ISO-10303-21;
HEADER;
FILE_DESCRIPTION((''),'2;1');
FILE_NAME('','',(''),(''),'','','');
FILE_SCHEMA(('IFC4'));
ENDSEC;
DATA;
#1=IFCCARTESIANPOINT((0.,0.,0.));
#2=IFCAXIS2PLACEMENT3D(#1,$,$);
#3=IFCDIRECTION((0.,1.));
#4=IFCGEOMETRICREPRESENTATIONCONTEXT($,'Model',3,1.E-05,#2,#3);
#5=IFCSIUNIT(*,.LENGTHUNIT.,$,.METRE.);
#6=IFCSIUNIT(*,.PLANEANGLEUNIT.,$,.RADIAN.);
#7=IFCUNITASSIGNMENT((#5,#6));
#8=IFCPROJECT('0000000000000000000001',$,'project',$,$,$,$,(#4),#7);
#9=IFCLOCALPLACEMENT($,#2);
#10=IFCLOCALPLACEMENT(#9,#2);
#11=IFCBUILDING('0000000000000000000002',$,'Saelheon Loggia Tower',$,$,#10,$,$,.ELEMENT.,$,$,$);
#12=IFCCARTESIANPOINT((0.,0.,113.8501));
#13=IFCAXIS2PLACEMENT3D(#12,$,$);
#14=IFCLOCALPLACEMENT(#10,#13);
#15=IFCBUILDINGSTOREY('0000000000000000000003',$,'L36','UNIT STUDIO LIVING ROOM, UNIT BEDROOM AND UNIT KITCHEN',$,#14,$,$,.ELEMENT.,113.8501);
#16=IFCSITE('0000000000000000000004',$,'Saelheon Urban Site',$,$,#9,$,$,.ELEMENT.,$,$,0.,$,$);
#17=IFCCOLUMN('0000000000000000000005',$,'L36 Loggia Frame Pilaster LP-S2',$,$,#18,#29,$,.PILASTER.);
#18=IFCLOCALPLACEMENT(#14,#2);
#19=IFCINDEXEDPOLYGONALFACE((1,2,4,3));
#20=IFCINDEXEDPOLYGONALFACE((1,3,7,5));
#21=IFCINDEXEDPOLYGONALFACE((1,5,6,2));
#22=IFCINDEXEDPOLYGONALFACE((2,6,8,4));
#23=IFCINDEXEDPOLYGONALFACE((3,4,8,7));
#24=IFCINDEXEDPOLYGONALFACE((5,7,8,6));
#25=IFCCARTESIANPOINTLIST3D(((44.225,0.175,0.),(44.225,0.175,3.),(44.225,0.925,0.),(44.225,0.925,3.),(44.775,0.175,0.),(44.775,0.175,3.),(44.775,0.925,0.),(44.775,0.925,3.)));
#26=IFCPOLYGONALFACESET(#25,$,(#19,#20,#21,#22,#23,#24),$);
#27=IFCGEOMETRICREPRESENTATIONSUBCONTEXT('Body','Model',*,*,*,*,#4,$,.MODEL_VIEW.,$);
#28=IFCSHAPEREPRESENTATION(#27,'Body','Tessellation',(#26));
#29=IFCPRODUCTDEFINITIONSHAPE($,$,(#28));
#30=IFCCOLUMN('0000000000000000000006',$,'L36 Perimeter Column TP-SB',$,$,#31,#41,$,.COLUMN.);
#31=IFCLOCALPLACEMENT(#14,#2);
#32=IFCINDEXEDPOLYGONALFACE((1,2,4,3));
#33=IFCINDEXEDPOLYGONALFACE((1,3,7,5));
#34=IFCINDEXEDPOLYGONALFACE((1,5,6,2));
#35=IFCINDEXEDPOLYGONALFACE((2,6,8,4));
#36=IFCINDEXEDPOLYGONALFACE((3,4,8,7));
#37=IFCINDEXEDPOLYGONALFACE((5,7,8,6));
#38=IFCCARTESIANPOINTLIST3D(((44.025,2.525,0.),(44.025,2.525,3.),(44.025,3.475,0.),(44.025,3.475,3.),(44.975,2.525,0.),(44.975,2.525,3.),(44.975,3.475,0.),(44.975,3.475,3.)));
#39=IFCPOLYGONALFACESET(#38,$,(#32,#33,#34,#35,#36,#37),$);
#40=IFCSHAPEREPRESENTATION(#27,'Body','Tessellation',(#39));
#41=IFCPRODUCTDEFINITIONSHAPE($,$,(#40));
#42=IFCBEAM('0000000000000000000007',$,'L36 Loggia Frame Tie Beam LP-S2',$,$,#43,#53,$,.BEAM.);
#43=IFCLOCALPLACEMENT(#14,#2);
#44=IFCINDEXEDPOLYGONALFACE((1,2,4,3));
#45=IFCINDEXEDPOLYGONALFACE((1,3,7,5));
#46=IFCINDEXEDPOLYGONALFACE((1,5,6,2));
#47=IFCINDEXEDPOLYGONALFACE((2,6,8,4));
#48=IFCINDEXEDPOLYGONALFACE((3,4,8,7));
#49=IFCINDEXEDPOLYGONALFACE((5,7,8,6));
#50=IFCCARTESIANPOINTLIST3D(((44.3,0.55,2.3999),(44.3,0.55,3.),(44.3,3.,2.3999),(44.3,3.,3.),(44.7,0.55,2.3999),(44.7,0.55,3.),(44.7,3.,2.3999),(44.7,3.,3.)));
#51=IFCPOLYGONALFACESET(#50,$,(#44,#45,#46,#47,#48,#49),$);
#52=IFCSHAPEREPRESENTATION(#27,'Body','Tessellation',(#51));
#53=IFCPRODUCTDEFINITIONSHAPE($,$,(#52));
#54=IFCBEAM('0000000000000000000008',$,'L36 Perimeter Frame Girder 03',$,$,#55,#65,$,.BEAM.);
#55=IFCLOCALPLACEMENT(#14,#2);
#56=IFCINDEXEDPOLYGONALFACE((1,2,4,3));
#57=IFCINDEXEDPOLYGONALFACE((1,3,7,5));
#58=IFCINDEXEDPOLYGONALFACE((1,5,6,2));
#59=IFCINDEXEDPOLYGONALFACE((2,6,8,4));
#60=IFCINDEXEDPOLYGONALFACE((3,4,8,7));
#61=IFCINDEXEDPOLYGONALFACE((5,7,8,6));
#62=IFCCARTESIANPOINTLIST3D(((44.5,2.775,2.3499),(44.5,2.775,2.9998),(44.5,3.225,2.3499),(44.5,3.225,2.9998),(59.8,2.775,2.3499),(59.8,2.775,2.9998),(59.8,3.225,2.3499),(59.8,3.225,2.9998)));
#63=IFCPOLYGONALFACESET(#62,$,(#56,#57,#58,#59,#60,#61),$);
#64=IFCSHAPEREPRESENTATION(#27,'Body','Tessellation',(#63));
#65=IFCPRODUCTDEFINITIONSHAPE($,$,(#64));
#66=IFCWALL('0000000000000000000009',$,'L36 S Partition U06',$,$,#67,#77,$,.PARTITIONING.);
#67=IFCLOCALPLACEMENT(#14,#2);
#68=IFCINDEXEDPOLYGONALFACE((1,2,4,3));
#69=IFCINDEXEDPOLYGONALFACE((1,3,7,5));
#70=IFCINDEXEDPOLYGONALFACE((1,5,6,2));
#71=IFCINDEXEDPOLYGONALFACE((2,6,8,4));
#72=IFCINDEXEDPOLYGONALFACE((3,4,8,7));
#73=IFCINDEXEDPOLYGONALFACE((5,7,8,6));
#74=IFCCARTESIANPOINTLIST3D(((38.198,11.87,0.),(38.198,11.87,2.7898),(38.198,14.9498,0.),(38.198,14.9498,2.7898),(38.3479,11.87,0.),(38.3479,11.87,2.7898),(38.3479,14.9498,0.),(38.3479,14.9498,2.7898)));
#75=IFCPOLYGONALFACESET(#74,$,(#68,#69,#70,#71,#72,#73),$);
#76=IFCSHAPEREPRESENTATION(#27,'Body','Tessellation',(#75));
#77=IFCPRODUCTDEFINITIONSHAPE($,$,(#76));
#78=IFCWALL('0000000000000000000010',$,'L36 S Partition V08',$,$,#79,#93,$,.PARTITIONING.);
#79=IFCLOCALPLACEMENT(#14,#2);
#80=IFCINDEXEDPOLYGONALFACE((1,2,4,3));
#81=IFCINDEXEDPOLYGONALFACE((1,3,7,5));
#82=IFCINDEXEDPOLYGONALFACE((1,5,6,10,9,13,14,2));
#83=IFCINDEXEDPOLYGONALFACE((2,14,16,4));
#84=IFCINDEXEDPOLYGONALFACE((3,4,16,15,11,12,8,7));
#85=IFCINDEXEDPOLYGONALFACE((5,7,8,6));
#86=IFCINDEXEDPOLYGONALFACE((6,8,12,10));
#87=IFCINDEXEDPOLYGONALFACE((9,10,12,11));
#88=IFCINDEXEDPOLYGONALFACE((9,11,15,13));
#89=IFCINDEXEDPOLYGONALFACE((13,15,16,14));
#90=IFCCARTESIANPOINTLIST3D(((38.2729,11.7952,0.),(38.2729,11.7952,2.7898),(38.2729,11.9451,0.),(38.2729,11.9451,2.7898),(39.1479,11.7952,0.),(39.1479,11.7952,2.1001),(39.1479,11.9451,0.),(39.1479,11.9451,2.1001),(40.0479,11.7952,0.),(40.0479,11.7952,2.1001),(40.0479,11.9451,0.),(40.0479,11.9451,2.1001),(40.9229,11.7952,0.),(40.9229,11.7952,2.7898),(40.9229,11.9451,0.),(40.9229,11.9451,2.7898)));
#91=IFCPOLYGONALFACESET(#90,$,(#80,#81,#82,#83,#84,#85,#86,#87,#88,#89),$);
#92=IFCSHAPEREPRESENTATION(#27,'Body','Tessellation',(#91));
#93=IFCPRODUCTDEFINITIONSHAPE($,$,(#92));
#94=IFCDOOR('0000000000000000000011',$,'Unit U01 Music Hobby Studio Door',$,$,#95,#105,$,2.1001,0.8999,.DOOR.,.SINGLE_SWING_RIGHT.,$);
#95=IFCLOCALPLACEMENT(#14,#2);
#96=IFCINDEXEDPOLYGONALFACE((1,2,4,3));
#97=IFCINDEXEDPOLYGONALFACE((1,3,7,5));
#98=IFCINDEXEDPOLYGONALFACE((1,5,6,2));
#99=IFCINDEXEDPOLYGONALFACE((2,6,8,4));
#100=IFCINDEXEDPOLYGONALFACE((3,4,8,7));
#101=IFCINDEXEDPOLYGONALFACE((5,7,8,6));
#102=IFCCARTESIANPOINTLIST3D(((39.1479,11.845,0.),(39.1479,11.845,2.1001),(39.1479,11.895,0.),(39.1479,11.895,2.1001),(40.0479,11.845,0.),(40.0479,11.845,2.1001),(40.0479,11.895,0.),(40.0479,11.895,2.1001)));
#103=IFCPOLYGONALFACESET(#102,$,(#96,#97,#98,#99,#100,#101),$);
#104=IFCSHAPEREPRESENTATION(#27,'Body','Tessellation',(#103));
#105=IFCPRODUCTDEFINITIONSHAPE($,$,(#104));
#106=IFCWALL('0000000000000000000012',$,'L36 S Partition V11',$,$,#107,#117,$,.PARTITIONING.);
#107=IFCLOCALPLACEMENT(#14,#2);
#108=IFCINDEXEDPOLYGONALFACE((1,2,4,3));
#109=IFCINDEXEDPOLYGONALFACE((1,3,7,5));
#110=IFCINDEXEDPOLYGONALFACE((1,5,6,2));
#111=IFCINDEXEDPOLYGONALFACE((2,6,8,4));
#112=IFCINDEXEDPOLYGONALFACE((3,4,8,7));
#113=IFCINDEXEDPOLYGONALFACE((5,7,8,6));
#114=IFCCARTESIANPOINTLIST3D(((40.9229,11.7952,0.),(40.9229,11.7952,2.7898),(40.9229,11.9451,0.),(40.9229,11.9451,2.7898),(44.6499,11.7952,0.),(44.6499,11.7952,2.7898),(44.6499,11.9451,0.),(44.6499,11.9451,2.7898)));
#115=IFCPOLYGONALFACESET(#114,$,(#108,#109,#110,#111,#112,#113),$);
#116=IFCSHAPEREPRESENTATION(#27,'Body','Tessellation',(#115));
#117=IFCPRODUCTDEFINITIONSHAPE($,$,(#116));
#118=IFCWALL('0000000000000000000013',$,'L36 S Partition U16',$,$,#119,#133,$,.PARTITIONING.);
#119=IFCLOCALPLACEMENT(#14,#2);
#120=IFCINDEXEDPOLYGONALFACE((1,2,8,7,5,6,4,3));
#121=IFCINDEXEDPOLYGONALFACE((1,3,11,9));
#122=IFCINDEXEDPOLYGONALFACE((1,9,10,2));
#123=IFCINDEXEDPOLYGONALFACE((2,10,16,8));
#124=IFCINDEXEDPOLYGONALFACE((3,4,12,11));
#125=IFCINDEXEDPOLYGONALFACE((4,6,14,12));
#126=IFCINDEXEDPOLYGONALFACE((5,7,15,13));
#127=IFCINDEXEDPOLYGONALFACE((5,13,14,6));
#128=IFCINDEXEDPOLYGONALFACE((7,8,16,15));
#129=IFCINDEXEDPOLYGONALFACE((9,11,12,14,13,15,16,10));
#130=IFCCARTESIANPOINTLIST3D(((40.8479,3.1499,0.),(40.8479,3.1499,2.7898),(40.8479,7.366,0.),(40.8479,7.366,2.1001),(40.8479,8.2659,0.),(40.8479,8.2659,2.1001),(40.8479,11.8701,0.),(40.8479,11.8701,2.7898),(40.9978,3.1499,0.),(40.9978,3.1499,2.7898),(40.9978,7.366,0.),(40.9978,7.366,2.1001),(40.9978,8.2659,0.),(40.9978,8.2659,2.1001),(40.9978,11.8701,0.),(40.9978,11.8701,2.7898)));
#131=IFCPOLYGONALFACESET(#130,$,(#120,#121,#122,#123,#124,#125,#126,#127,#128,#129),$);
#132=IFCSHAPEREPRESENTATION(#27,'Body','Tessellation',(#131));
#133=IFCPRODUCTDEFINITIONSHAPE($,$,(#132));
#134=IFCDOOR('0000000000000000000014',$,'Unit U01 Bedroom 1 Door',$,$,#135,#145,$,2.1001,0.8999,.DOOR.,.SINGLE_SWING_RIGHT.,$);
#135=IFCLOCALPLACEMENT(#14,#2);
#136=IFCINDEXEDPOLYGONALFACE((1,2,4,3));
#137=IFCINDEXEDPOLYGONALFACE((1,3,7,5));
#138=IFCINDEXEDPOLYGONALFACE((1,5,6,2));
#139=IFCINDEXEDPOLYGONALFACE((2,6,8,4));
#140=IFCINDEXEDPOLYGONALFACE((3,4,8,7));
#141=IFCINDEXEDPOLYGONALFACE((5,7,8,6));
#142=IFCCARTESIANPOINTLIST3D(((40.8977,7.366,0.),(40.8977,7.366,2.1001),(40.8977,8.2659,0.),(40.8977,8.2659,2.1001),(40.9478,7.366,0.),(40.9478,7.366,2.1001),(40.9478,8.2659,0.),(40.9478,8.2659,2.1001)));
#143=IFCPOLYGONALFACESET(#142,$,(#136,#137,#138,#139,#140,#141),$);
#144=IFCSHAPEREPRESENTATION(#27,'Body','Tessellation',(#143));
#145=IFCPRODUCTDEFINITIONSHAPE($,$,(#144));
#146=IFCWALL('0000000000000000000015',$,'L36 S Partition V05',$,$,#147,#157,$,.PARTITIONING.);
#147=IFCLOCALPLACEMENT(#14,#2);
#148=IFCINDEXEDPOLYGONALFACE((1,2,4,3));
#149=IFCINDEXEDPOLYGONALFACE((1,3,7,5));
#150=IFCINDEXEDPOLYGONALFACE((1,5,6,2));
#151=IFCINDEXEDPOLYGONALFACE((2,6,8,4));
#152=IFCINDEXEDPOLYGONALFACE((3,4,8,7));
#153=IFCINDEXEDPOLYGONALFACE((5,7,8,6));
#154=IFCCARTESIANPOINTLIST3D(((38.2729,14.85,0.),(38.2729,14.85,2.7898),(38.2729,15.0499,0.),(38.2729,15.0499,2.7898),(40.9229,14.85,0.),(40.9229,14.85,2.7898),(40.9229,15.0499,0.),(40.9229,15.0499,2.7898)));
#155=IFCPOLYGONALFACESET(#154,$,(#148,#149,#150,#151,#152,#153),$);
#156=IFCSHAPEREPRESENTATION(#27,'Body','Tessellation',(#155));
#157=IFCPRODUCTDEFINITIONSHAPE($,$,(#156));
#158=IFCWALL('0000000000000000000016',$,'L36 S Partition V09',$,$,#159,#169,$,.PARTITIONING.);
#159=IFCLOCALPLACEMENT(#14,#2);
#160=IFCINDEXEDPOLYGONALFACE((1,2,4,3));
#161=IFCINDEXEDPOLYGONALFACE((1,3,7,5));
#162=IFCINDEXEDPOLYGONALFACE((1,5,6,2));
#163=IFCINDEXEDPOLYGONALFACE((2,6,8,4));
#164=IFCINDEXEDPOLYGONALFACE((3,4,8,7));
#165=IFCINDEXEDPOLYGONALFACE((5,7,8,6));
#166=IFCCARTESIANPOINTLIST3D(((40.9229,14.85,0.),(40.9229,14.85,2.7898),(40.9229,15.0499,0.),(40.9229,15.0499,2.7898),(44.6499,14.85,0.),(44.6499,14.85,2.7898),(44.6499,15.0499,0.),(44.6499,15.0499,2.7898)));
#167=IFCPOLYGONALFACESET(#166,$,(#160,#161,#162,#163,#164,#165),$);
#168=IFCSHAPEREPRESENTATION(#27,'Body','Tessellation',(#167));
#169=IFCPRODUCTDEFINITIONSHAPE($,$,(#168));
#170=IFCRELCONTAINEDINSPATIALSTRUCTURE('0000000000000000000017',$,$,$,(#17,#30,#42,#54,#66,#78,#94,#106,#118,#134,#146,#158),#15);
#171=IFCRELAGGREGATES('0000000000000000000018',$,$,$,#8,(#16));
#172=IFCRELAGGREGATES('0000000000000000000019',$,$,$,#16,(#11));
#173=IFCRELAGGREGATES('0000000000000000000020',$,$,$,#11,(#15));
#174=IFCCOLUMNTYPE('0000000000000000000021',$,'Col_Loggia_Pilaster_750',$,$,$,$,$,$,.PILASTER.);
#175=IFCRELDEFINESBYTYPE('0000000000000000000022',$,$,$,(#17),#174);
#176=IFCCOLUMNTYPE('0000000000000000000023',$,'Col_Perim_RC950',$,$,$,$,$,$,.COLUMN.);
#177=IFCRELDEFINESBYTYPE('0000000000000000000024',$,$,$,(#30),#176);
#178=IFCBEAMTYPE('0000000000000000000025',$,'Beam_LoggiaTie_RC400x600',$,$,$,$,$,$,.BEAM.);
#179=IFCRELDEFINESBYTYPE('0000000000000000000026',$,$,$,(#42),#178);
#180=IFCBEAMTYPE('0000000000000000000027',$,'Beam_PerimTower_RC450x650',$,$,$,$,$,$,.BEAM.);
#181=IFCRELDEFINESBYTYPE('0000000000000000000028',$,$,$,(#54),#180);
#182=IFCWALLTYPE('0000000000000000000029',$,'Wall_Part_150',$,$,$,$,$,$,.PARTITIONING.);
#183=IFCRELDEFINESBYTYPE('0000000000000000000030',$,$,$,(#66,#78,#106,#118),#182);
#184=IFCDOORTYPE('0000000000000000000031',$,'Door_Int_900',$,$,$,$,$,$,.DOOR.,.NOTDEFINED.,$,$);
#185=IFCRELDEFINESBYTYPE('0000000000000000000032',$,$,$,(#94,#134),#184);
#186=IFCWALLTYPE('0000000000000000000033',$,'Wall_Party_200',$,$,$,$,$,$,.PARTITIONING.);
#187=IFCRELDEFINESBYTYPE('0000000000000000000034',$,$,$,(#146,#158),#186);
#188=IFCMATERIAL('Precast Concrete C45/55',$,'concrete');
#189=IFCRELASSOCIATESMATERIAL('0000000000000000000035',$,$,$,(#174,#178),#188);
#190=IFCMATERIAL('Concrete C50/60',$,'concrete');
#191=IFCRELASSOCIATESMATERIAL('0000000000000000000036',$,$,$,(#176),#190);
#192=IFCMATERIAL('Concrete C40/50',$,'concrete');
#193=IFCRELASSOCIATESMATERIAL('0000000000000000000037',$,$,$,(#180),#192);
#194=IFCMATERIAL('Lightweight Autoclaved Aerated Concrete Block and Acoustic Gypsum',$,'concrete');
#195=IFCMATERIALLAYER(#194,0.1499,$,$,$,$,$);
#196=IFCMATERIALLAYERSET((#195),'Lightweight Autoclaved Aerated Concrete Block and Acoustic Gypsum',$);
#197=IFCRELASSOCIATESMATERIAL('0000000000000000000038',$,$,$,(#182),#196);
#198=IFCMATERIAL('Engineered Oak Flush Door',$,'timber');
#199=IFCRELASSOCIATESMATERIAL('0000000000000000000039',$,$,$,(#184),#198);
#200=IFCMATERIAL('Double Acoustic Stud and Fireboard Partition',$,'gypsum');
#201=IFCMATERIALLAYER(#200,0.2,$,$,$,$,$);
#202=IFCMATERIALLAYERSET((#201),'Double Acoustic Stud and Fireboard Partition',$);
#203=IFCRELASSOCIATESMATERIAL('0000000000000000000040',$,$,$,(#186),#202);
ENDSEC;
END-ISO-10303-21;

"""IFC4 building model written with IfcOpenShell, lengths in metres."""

from ifc_helpers import new_model, si_unit, direction, frame, frame_2d, origin, origin_2d, place, context, subcontext, project, spatial, rectangle, extrude, source, transform, mapped, material, layer, layer_set, material_profile, profile_set, type_object, element, fill, save


model = new_model("IFC4")

# Units and contexts
model_context = context("Model", 3, precision=1e-05, world=origin(), true_north=direction((0.0, 1.0)))
body_context = subcontext(model_context, "Body", "Model", "MODEL_VIEW")
ifc_project = project(units=[si_unit("LENGTHUNIT", "METRE"), si_unit("PLANEANGLEUNIT", "RADIAN")], contexts=[model_context])

# Site, building, storey
site_placement = place(None, origin())
site = spatial("IfcSite", under=ifc_project, at=site_placement, Name="Saelheon Urban Site", CompositionType="ELEMENT", RefElevation=0.0)
building_placement = place(site_placement, origin())
building = spatial("IfcBuilding", under=site, at=building_placement, Name="Saelheon Loggia Tower", CompositionType="ELEMENT")
storey_placement = place(building_placement, frame((0.0, 0.0, 113.8501)))
storey = spatial("IfcBuildingStorey", under=building, at=storey_placement, Name="L36", Description="UNIT STUDIO LIVING ROOM, UNIT BEDROOM AND UNIT KITCHEN", CompositionType="ELEMENT", Elevation=113.8501)

# Columns
ifc_material_1 = material(Name="Precast Concrete C45/55", Category="concrete")
ifc_material_profile_1 = material_profile(ifc_material_1, rectangle(XDim=0.55, YDim=0.75, at=origin_2d()), Name="RC-550x750")
ifc_profile_set_1 = profile_set([ifc_material_profile_1], Name="Precast Concrete C45/55")
column_type_1 = type_object("IfcColumnType", Name="Col_Loggia_Pilaster_750", PredefinedType="PILASTER", material=ifc_profile_set_1)
shared_shape_1 = source(origin(), body_context, "Body", "SweptSolid", [
    extrude(rectangle(XDim=0.55, YDim=0.75, at=origin_2d()), origin(), (0.0, 0.0, 1.0), 3.0),
])
column_1_placement = place(storey_placement, frame((44.5, 0.55, 0.0), z_axis=(0.0, 0.0, 1.0), x_axis=(1.0, 0.0, 0.0)))
element("IfcColumn", 1, at=column_1_placement, inside=storey, type_object=column_type_1, Name="L36 Loggia Frame Pilaster LP-S2", PredefinedType="PILASTER", context=body_context, shape_type="MappedRepresentation", body=[
    mapped(shared_shape_1, transform((0.0, 0.0, 0.0), scale=1.0)),
])
ifc_material_2 = material(Name="Concrete C50/60", Category="concrete")
ifc_material_profile_2 = material_profile(ifc_material_2, rectangle(XDim=0.95, YDim=0.95, at=origin_2d()), Name="RC-950x950")
ifc_profile_set_2 = profile_set([ifc_material_profile_2], Name="Concrete C50/60")
column_type_2 = type_object("IfcColumnType", Name="Col_Perim_RC950", PredefinedType="COLUMN", material=ifc_profile_set_2)
shared_shape_2 = source(origin(), body_context, "Body", "SweptSolid", [
    extrude(rectangle(XDim=0.95, YDim=0.95, at=origin_2d()), origin(), (0.0, 0.0, 1.0), 3.0),
])
column_2_placement = place(storey_placement, frame((44.5, 3.0, 0.0), z_axis=(0.0, 0.0, 1.0), x_axis=(1.0, 0.0, 0.0)))
element("IfcColumn", 2, at=column_2_placement, inside=storey, type_object=column_type_2, Name="L36 Perimeter Column TP-SB", PredefinedType="COLUMN", context=body_context, shape_type="MappedRepresentation", body=[
    mapped(shared_shape_2, transform((0.0, 0.0, 0.0), scale=1.0)),
])

# Beams
ifc_material_profile_3 = material_profile(ifc_material_1, rectangle(XDim=0.3999, YDim=0.6001, at=origin_2d()), Name="RC-400x600")
ifc_profile_set_3 = profile_set([ifc_material_profile_3], Name="Precast Concrete C45/55")
beam_type_1 = type_object("IfcBeamType", Name="Beam_LoggiaTie_RC400x600", PredefinedType="BEAM", material=ifc_profile_set_3)
shared_shape_3 = source(origin(), body_context, "Body", "SweptSolid", [
    extrude(rectangle(XDim=0.3999, YDim=0.6001, at=origin_2d()), origin(), (0.0, 0.0, 1.0), 2.45),
])
beam_1_placement = place(storey_placement, frame((44.5, 3.0, 2.7), z_axis=(0.0, -1.0, 0.0), x_axis=(1.0, 0.0, 0.0)))
element("IfcBeam", 3, at=beam_1_placement, inside=storey, type_object=beam_type_1, Name="L36 Loggia Frame Tie Beam LP-S2", PredefinedType="BEAM", context=body_context, shape_type="MappedRepresentation", body=[
    mapped(shared_shape_3, transform((0.0, 0.0, 0.0), scale=1.0)),
])
ifc_material_3 = material(Name="Concrete C40/50", Category="concrete")
ifc_material_profile_4 = material_profile(ifc_material_3, rectangle(XDim=0.45, YDim=0.6499, at=origin_2d()), Name="RC-450x650")
ifc_profile_set_4 = profile_set([ifc_material_profile_4], Name="Concrete C40/50")
beam_type_2 = type_object("IfcBeamType", Name="Beam_PerimTower_RC450x650", PredefinedType="BEAM", material=ifc_profile_set_4)
shared_shape_4 = source(origin(), body_context, "Body", "SweptSolid", [
    extrude(rectangle(XDim=0.45, YDim=0.6499, at=origin_2d()), origin(), (0.0, 0.0, 1.0), 15.3),
])
beam_2_placement = place(storey_placement, frame((44.5, 3.0, 2.6748), z_axis=(1.0, 0.0, 0.0), x_axis=(0.0, 1.0, 0.0)))
element("IfcBeam", 4, at=beam_2_placement, inside=storey, type_object=beam_type_2, Name="L36 Perimeter Frame Girder 03", PredefinedType="BEAM", context=body_context, shape_type="MappedRepresentation", body=[
    mapped(shared_shape_4, transform((0.0, 0.0, 0.0), scale=1.0)),
])

# Wall
ifc_material_4 = material(Name="Lightweight Autoclaved Aerated Concrete Block and Acoustic Gypsum", Category="concrete")
ifc_layer_1 = layer(ifc_material_4, 0.1499)
ifc_layer_set_1 = layer_set([ifc_layer_1], Name="Lightweight Autoclaved Aerated Concrete Block and Acoustic Gypsum")
wall_type_1 = type_object("IfcWallType", Name="Wall_Part_150", PredefinedType="PARTITIONING", material=ifc_layer_set_1)
wall_1_placement = place(storey_placement, frame((38.2729, 14.95, 0.0), z_axis=(0.0, 0.0, 1.0), x_axis=(0.0, -1.0, 0.0)))
element("IfcWall", 5, at=wall_1_placement, inside=storey, type_object=wall_type_1, Name="L36 S Partition U06", PredefinedType="PARTITIONING", context=body_context, shape_type="SweptSolid", body=[
    extrude(rectangle(XDim=3.0798, YDim=0.1499, at=frame_2d((1.54, 0.0))), origin(), (0.0, 0.0, 1.0), 2.7898),
])

# Wall, opening, door
wall_2_placement = place(storey_placement, frame((38.2729, 11.8701, 0.0), z_axis=(0.0, 0.0, 1.0), x_axis=(1.0, 0.0, 0.0)))
wall_2 = element("IfcWall", 6, at=wall_2_placement, inside=storey, type_object=wall_type_1, Name="L36 S Partition V08", PredefinedType="PARTITIONING", context=body_context, shape_type="SweptSolid", body=[
    extrude(rectangle(XDim=2.6499, YDim=0.1499, at=frame_2d((1.325, 0.0))), origin(), (0.0, 0.0, 1.0), 2.7898),
])
opening_1_placement = place(wall_2_placement, frame((0.875, 0.0, 0.0)))
opening_1 = element("IfcOpeningElement", 7, at=opening_1_placement, cuts=wall_2, PredefinedType="OPENING", context=body_context, shape_type="SweptSolid", body=[
    extrude(rectangle(XDim=0.8999, YDim=2.1001, at=frame_2d((0.45, 1.05))), frame((0.0, 0.0869, 0.0), z_axis=(0.0, -1.0, 0.0), x_axis=(1.0, 0.0, 0.0)), (0.0, 0.0, 1.0), 0.1738),
])
ifc_material_5 = material(Name="Engineered Oak Flush Door", Category="timber")
door_type_1 = type_object("IfcDoorType", Name="Door_Int_900", OperationType="NOTDEFINED", PredefinedType="DOOR", material=ifc_material_5)
shared_shape_5 = source(origin(), body_context, "Body", "SweptSolid", [
    extrude(rectangle(XDim=0.8999, YDim=2.1001, at=frame_2d((0.45, 1.05))), frame((0.0, 0.0249, 0.0), z_axis=(0.0, -1.0, 0.0), x_axis=(1.0, 0.0, 0.0)), (0.0, 0.0, 1.0), 0.05),
])
door_1_placement = place(opening_1_placement, origin())
door_1 = element("IfcDoor", 8, at=door_1_placement, inside=storey, type_object=door_type_1, Name="Unit U01 Music Hobby Studio Door", OperationType="SINGLE_SWING_RIGHT", OverallHeight=2.1001, OverallWidth=0.8999, PredefinedType="DOOR", context=body_context, shape_type="MappedRepresentation", body=[
    mapped(shared_shape_5, transform((0.0, 0.0, 0.0), scale=1.0)),
])
fill(opening_1, door_1)

# Wall
wall_3_placement = place(storey_placement, frame((40.9229, 11.8701, 0.0), z_axis=(0.0, 0.0, 1.0), x_axis=(1.0, 0.0, 0.0)))
element("IfcWall", 9, at=wall_3_placement, inside=storey, type_object=wall_type_1, Name="L36 S Partition V11", PredefinedType="PARTITIONING", context=body_context, shape_type="SweptSolid", body=[
    extrude(rectangle(XDim=3.7271, YDim=0.1499, at=frame_2d((1.8635, 0.0))), origin(), (0.0, 0.0, 1.0), 2.7898),
])

# Wall, opening, door
wall_4_placement = place(storey_placement, frame((40.9229, 11.8701, 0.0), z_axis=(0.0, 0.0, 1.0), x_axis=(0.0, -1.0, 0.0)))
wall_4 = element("IfcWall", 10, at=wall_4_placement, inside=storey, type_object=wall_type_1, Name="L36 S Partition U16", PredefinedType="PARTITIONING", context=body_context, shape_type="SweptSolid", body=[
    extrude(rectangle(XDim=8.7202, YDim=0.1499, at=frame_2d((4.3601, 0.0))), origin(), (0.0, 0.0, 1.0), 2.7898),
])
opening_2_placement = place(wall_4_placement, frame((3.6042, 0.0, 0.0)))
opening_2 = element("IfcOpeningElement", 11, at=opening_2_placement, cuts=wall_4, PredefinedType="OPENING", context=body_context, shape_type="SweptSolid", body=[
    extrude(rectangle(XDim=0.8999, YDim=2.1001, at=frame_2d((0.45, 1.05))), frame((0.0, 0.0869, 0.0), z_axis=(0.0, -1.0, 0.0), x_axis=(1.0, 0.0, 0.0)), (0.0, 0.0, 1.0), 0.1738),
])
door_2_placement = place(opening_2_placement, origin())
door_2 = element("IfcDoor", 12, at=door_2_placement, inside=storey, type_object=door_type_1, Name="Unit U01 Bedroom 1 Door", OperationType="SINGLE_SWING_RIGHT", OverallHeight=2.1001, OverallWidth=0.8999, PredefinedType="DOOR", context=body_context, shape_type="MappedRepresentation", body=[
    mapped(shared_shape_5, transform((0.0, 0.0, 0.0), scale=1.0)),
])
fill(opening_2, door_2)

# Walls
ifc_material_6 = material(Name="Double Acoustic Stud and Fireboard Partition", Category="gypsum")
ifc_layer_2 = layer(ifc_material_6, 0.2)
ifc_layer_set_2 = layer_set([ifc_layer_2], Name="Double Acoustic Stud and Fireboard Partition")
wall_type_2 = type_object("IfcWallType", Name="Wall_Party_200", PredefinedType="PARTITIONING", material=ifc_layer_set_2)
wall_5_placement = place(storey_placement, frame((38.2729, 14.95, 0.0), z_axis=(0.0, 0.0, 1.0), x_axis=(1.0, 0.0, 0.0)))
element("IfcWall", 13, at=wall_5_placement, inside=storey, type_object=wall_type_2, Name="L36 S Partition V05", PredefinedType="PARTITIONING", context=body_context, shape_type="SweptSolid", body=[
    extrude(rectangle(XDim=2.6499, YDim=0.2, at=frame_2d((1.325, 0.0))), origin(), (0.0, 0.0, 1.0), 2.7898),
])
wall_6_placement = place(storey_placement, frame((40.9229, 14.95, 0.0), z_axis=(0.0, 0.0, 1.0), x_axis=(1.0, 0.0, 0.0)))
element("IfcWall", 14, at=wall_6_placement, inside=storey, type_object=wall_type_2, Name="L36 S Partition V09", PredefinedType="PARTITIONING", context=body_context, shape_type="SweptSolid", body=[
    extrude(rectangle(XDim=3.7271, YDim=0.2, at=frame_2d((1.8635, 0.0))), origin(), (0.0, 0.0, 1.0), 2.7898),
])

save(model, "model.ifc")
